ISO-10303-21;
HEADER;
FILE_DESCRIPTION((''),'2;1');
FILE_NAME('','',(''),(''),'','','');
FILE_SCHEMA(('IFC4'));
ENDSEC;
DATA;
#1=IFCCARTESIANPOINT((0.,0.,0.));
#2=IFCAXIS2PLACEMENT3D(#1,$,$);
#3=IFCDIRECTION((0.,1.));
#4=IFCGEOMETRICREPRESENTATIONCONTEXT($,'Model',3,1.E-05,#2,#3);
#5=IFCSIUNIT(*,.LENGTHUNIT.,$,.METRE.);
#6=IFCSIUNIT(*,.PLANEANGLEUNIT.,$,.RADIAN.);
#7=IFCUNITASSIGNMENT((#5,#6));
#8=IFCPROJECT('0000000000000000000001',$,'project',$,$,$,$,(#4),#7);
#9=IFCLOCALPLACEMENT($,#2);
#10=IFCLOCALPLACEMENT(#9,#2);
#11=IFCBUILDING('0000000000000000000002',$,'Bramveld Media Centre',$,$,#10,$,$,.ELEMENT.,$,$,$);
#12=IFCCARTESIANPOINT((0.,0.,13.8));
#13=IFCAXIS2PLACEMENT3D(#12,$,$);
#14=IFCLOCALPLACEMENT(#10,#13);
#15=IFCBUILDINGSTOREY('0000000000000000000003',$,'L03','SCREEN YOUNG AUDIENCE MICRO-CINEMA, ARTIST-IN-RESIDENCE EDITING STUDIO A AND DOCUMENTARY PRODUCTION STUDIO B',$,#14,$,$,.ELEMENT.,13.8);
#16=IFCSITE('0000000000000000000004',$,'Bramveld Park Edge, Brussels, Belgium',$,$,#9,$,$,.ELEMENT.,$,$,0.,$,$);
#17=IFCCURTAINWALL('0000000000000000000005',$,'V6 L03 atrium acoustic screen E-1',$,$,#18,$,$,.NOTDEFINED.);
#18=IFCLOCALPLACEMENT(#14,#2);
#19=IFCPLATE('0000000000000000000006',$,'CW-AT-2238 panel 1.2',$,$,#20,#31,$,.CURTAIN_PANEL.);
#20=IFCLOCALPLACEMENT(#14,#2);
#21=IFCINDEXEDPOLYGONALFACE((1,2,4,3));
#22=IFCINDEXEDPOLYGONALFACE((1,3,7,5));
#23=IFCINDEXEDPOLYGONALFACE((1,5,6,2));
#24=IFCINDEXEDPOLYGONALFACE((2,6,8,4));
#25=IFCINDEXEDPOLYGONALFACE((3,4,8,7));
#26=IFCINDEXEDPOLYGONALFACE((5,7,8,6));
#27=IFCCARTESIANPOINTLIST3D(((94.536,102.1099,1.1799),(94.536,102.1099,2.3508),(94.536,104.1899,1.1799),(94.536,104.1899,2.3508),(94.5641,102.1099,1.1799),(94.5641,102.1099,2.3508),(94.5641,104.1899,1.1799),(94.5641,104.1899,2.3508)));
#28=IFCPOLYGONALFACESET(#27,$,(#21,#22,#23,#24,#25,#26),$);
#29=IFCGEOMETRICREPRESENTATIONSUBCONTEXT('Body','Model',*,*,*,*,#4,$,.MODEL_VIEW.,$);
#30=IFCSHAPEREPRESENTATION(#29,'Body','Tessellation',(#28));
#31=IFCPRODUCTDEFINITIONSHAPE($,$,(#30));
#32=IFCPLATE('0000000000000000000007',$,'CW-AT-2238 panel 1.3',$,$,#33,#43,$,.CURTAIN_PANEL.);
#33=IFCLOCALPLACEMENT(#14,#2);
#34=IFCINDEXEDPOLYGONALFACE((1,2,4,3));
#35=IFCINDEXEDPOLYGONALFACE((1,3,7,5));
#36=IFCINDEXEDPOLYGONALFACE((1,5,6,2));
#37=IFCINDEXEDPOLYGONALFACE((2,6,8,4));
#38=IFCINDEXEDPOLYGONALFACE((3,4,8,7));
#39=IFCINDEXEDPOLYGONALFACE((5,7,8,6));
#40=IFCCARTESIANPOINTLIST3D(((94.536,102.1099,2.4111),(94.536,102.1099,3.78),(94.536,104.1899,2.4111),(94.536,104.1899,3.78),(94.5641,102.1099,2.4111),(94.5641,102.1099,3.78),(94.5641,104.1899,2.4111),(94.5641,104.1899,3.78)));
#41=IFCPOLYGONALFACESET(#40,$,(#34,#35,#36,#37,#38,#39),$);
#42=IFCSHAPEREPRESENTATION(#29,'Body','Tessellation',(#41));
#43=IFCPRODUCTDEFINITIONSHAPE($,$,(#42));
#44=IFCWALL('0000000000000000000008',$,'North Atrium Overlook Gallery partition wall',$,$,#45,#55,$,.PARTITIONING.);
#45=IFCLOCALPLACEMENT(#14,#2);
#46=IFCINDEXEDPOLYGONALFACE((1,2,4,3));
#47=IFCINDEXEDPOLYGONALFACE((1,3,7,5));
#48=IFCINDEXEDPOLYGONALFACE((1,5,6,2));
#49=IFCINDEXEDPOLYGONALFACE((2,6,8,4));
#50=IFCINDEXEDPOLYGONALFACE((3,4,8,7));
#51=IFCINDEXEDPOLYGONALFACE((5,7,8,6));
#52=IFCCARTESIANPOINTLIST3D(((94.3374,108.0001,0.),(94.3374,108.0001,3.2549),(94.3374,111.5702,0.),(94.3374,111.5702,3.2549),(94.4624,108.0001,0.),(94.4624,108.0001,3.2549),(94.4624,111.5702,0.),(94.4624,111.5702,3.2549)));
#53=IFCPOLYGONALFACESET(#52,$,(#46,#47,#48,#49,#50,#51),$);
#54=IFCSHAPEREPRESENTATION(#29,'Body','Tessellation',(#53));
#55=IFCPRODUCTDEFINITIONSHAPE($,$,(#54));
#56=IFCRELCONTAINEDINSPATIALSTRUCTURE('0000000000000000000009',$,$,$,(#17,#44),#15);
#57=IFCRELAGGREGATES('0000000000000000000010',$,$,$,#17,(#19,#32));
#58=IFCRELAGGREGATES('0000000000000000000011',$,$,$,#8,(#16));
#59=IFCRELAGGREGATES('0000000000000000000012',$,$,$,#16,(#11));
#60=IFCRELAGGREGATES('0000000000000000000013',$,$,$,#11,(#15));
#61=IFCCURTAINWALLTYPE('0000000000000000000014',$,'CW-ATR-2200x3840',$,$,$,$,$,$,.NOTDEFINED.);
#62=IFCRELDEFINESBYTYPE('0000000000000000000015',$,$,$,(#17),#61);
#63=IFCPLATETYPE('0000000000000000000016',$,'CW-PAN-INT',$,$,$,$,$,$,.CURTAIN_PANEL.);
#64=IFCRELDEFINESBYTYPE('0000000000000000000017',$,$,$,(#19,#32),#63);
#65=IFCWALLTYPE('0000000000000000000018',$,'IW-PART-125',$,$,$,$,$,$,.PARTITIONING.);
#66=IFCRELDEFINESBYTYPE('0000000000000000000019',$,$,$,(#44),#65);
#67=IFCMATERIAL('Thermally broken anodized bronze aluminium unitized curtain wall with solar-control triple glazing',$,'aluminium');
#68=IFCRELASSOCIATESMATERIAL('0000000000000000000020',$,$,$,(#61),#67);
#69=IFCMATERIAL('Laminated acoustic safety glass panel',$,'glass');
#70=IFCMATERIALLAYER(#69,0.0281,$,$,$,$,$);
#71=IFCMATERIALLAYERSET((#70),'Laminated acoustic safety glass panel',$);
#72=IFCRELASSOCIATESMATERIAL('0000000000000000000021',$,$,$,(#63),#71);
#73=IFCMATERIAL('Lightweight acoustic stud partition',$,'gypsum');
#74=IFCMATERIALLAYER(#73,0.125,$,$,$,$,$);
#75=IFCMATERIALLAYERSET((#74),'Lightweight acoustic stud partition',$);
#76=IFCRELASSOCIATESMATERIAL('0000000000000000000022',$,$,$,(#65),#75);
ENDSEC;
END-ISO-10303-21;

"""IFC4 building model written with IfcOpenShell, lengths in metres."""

from ifc_helpers import new_model, si_unit, direction, frame, frame_2d, origin, origin_2d, place, context, subcontext, project, spatial, rectangle, extrude, material, layer, layer_set, type_object, element, aggregate, save


model = new_model("IFC4")

# Units and contexts
model_context = context("Model", 3, precision=1e-05, world=origin(), true_north=direction((0.0, 1.0)))
body_context = subcontext(model_context, "Body", "Model", "MODEL_VIEW")
ifc_project = project(units=[si_unit("LENGTHUNIT", "METRE"), si_unit("PLANEANGLEUNIT", "RADIAN")], contexts=[model_context])

# Site, building, storey
site_placement = place(None, origin())
site = spatial("IfcSite", under=ifc_project, at=site_placement, Name="Bramveld Park Edge, Brussels, Belgium", CompositionType="ELEMENT", RefElevation=0.0)
building_placement = place(site_placement, origin())
building = spatial("IfcBuilding", under=site, at=building_placement, Name="Bramveld Media Centre", CompositionType="ELEMENT")
storey_placement = place(building_placement, frame((0.0, 0.0, 13.8)))
storey = spatial("IfcBuildingStorey", under=building, at=storey_placement, Name="L03", Description="SCREEN YOUNG AUDIENCE MICRO-CINEMA, ARTIST-IN-RESIDENCE EDITING STUDIO A AND DOCUMENTARY PRODUCTION STUDIO B", CompositionType="ELEMENT", Elevation=13.8)

# Curtain wall
ifc_material_1 = material(Name="Thermally broken anodized bronze aluminium unitized curtain wall with solar-control triple glazing", Category="aluminium")
curtain_wall_type_1 = type_object("IfcCurtainWallType", Name="CW-ATR-2200x3840", PredefinedType="NOTDEFINED", material=ifc_material_1)
curtain_wall_1_placement = place(storey_placement, origin())
curtain_wall_1 = element("IfcCurtainWall", 1, at=curtain_wall_1_placement, inside=storey, type_object=curtain_wall_type_1, Name="V6 L03 atrium acoustic screen E-1", PredefinedType="NOTDEFINED")

# Plates
ifc_material_2 = material(Name="Laminated acoustic safety glass panel", Category="glass")
ifc_layer_1 = layer(ifc_material_2, 0.0281)
ifc_layer_set_1 = layer_set([ifc_layer_1], Name="Laminated acoustic safety glass panel")
plate_type = type_object("IfcPlateType", Name="CW-PAN-INT", PredefinedType="CURTAIN_PANEL", material=ifc_layer_set_1)
plate_1_placement = place(storey_placement, frame((94.55, 103.1499, 1.1799), z_axis=(0.0, 0.0, 1.0), x_axis=(0.0, 1.0, 0.0)))
plate_1 = element("IfcPlate", 2, at=plate_1_placement, type_object=plate_type, Name="CW-AT-2238 panel 1.2", PredefinedType="CURTAIN_PANEL", context=body_context, shape_type="SweptSolid", body=[
    extrude(rectangle(XDim=2.0801, YDim=0.0281, at=origin_2d()), origin(), (0.0, 0.0, 1.0), 1.1709),
])
plate_2_placement = place(storey_placement, frame((94.55, 103.1499, 2.4111), z_axis=(0.0, 0.0, 1.0), x_axis=(0.0, 1.0, 0.0)))
plate_2 = element("IfcPlate", 3, at=plate_2_placement, type_object=plate_type, Name="CW-AT-2238 panel 1.3", PredefinedType="CURTAIN_PANEL", context=body_context, shape_type="SweptSolid", body=[
    extrude(rectangle(XDim=2.0801, YDim=0.0281, at=origin_2d()), origin(), (0.0, 0.0, 1.0), 1.3689),
])
aggregate(curtain_wall_1, [plate_1, plate_2])

# Wall
ifc_material_3 = material(Name="Lightweight acoustic stud partition", Category="gypsum")
ifc_layer_2 = layer(ifc_material_3, 0.125)
ifc_layer_set_2 = layer_set([ifc_layer_2], Name="Lightweight acoustic stud partition")
wall_type = type_object("IfcWallType", Name="IW-PART-125", PredefinedType="PARTITIONING", material=ifc_layer_set_2)
wall_placement = place(storey_placement, frame((94.3999, 108.0, 0.0), z_axis=(0.0, 0.0, 1.0), x_axis=(0.0, 1.0, 0.0)))
element("IfcWall", 4, at=wall_placement, inside=storey, type_object=wall_type, Name="North Atrium Overlook Gallery partition wall", PredefinedType="PARTITIONING", context=body_context, shape_type="SweptSolid", body=[
    extrude(rectangle(XDim=3.5701, YDim=0.125, at=frame_2d((1.7852, 0.0))), origin(), (0.0, 0.0, 1.0), 3.2549),
])

save(model, "model.ifc")
